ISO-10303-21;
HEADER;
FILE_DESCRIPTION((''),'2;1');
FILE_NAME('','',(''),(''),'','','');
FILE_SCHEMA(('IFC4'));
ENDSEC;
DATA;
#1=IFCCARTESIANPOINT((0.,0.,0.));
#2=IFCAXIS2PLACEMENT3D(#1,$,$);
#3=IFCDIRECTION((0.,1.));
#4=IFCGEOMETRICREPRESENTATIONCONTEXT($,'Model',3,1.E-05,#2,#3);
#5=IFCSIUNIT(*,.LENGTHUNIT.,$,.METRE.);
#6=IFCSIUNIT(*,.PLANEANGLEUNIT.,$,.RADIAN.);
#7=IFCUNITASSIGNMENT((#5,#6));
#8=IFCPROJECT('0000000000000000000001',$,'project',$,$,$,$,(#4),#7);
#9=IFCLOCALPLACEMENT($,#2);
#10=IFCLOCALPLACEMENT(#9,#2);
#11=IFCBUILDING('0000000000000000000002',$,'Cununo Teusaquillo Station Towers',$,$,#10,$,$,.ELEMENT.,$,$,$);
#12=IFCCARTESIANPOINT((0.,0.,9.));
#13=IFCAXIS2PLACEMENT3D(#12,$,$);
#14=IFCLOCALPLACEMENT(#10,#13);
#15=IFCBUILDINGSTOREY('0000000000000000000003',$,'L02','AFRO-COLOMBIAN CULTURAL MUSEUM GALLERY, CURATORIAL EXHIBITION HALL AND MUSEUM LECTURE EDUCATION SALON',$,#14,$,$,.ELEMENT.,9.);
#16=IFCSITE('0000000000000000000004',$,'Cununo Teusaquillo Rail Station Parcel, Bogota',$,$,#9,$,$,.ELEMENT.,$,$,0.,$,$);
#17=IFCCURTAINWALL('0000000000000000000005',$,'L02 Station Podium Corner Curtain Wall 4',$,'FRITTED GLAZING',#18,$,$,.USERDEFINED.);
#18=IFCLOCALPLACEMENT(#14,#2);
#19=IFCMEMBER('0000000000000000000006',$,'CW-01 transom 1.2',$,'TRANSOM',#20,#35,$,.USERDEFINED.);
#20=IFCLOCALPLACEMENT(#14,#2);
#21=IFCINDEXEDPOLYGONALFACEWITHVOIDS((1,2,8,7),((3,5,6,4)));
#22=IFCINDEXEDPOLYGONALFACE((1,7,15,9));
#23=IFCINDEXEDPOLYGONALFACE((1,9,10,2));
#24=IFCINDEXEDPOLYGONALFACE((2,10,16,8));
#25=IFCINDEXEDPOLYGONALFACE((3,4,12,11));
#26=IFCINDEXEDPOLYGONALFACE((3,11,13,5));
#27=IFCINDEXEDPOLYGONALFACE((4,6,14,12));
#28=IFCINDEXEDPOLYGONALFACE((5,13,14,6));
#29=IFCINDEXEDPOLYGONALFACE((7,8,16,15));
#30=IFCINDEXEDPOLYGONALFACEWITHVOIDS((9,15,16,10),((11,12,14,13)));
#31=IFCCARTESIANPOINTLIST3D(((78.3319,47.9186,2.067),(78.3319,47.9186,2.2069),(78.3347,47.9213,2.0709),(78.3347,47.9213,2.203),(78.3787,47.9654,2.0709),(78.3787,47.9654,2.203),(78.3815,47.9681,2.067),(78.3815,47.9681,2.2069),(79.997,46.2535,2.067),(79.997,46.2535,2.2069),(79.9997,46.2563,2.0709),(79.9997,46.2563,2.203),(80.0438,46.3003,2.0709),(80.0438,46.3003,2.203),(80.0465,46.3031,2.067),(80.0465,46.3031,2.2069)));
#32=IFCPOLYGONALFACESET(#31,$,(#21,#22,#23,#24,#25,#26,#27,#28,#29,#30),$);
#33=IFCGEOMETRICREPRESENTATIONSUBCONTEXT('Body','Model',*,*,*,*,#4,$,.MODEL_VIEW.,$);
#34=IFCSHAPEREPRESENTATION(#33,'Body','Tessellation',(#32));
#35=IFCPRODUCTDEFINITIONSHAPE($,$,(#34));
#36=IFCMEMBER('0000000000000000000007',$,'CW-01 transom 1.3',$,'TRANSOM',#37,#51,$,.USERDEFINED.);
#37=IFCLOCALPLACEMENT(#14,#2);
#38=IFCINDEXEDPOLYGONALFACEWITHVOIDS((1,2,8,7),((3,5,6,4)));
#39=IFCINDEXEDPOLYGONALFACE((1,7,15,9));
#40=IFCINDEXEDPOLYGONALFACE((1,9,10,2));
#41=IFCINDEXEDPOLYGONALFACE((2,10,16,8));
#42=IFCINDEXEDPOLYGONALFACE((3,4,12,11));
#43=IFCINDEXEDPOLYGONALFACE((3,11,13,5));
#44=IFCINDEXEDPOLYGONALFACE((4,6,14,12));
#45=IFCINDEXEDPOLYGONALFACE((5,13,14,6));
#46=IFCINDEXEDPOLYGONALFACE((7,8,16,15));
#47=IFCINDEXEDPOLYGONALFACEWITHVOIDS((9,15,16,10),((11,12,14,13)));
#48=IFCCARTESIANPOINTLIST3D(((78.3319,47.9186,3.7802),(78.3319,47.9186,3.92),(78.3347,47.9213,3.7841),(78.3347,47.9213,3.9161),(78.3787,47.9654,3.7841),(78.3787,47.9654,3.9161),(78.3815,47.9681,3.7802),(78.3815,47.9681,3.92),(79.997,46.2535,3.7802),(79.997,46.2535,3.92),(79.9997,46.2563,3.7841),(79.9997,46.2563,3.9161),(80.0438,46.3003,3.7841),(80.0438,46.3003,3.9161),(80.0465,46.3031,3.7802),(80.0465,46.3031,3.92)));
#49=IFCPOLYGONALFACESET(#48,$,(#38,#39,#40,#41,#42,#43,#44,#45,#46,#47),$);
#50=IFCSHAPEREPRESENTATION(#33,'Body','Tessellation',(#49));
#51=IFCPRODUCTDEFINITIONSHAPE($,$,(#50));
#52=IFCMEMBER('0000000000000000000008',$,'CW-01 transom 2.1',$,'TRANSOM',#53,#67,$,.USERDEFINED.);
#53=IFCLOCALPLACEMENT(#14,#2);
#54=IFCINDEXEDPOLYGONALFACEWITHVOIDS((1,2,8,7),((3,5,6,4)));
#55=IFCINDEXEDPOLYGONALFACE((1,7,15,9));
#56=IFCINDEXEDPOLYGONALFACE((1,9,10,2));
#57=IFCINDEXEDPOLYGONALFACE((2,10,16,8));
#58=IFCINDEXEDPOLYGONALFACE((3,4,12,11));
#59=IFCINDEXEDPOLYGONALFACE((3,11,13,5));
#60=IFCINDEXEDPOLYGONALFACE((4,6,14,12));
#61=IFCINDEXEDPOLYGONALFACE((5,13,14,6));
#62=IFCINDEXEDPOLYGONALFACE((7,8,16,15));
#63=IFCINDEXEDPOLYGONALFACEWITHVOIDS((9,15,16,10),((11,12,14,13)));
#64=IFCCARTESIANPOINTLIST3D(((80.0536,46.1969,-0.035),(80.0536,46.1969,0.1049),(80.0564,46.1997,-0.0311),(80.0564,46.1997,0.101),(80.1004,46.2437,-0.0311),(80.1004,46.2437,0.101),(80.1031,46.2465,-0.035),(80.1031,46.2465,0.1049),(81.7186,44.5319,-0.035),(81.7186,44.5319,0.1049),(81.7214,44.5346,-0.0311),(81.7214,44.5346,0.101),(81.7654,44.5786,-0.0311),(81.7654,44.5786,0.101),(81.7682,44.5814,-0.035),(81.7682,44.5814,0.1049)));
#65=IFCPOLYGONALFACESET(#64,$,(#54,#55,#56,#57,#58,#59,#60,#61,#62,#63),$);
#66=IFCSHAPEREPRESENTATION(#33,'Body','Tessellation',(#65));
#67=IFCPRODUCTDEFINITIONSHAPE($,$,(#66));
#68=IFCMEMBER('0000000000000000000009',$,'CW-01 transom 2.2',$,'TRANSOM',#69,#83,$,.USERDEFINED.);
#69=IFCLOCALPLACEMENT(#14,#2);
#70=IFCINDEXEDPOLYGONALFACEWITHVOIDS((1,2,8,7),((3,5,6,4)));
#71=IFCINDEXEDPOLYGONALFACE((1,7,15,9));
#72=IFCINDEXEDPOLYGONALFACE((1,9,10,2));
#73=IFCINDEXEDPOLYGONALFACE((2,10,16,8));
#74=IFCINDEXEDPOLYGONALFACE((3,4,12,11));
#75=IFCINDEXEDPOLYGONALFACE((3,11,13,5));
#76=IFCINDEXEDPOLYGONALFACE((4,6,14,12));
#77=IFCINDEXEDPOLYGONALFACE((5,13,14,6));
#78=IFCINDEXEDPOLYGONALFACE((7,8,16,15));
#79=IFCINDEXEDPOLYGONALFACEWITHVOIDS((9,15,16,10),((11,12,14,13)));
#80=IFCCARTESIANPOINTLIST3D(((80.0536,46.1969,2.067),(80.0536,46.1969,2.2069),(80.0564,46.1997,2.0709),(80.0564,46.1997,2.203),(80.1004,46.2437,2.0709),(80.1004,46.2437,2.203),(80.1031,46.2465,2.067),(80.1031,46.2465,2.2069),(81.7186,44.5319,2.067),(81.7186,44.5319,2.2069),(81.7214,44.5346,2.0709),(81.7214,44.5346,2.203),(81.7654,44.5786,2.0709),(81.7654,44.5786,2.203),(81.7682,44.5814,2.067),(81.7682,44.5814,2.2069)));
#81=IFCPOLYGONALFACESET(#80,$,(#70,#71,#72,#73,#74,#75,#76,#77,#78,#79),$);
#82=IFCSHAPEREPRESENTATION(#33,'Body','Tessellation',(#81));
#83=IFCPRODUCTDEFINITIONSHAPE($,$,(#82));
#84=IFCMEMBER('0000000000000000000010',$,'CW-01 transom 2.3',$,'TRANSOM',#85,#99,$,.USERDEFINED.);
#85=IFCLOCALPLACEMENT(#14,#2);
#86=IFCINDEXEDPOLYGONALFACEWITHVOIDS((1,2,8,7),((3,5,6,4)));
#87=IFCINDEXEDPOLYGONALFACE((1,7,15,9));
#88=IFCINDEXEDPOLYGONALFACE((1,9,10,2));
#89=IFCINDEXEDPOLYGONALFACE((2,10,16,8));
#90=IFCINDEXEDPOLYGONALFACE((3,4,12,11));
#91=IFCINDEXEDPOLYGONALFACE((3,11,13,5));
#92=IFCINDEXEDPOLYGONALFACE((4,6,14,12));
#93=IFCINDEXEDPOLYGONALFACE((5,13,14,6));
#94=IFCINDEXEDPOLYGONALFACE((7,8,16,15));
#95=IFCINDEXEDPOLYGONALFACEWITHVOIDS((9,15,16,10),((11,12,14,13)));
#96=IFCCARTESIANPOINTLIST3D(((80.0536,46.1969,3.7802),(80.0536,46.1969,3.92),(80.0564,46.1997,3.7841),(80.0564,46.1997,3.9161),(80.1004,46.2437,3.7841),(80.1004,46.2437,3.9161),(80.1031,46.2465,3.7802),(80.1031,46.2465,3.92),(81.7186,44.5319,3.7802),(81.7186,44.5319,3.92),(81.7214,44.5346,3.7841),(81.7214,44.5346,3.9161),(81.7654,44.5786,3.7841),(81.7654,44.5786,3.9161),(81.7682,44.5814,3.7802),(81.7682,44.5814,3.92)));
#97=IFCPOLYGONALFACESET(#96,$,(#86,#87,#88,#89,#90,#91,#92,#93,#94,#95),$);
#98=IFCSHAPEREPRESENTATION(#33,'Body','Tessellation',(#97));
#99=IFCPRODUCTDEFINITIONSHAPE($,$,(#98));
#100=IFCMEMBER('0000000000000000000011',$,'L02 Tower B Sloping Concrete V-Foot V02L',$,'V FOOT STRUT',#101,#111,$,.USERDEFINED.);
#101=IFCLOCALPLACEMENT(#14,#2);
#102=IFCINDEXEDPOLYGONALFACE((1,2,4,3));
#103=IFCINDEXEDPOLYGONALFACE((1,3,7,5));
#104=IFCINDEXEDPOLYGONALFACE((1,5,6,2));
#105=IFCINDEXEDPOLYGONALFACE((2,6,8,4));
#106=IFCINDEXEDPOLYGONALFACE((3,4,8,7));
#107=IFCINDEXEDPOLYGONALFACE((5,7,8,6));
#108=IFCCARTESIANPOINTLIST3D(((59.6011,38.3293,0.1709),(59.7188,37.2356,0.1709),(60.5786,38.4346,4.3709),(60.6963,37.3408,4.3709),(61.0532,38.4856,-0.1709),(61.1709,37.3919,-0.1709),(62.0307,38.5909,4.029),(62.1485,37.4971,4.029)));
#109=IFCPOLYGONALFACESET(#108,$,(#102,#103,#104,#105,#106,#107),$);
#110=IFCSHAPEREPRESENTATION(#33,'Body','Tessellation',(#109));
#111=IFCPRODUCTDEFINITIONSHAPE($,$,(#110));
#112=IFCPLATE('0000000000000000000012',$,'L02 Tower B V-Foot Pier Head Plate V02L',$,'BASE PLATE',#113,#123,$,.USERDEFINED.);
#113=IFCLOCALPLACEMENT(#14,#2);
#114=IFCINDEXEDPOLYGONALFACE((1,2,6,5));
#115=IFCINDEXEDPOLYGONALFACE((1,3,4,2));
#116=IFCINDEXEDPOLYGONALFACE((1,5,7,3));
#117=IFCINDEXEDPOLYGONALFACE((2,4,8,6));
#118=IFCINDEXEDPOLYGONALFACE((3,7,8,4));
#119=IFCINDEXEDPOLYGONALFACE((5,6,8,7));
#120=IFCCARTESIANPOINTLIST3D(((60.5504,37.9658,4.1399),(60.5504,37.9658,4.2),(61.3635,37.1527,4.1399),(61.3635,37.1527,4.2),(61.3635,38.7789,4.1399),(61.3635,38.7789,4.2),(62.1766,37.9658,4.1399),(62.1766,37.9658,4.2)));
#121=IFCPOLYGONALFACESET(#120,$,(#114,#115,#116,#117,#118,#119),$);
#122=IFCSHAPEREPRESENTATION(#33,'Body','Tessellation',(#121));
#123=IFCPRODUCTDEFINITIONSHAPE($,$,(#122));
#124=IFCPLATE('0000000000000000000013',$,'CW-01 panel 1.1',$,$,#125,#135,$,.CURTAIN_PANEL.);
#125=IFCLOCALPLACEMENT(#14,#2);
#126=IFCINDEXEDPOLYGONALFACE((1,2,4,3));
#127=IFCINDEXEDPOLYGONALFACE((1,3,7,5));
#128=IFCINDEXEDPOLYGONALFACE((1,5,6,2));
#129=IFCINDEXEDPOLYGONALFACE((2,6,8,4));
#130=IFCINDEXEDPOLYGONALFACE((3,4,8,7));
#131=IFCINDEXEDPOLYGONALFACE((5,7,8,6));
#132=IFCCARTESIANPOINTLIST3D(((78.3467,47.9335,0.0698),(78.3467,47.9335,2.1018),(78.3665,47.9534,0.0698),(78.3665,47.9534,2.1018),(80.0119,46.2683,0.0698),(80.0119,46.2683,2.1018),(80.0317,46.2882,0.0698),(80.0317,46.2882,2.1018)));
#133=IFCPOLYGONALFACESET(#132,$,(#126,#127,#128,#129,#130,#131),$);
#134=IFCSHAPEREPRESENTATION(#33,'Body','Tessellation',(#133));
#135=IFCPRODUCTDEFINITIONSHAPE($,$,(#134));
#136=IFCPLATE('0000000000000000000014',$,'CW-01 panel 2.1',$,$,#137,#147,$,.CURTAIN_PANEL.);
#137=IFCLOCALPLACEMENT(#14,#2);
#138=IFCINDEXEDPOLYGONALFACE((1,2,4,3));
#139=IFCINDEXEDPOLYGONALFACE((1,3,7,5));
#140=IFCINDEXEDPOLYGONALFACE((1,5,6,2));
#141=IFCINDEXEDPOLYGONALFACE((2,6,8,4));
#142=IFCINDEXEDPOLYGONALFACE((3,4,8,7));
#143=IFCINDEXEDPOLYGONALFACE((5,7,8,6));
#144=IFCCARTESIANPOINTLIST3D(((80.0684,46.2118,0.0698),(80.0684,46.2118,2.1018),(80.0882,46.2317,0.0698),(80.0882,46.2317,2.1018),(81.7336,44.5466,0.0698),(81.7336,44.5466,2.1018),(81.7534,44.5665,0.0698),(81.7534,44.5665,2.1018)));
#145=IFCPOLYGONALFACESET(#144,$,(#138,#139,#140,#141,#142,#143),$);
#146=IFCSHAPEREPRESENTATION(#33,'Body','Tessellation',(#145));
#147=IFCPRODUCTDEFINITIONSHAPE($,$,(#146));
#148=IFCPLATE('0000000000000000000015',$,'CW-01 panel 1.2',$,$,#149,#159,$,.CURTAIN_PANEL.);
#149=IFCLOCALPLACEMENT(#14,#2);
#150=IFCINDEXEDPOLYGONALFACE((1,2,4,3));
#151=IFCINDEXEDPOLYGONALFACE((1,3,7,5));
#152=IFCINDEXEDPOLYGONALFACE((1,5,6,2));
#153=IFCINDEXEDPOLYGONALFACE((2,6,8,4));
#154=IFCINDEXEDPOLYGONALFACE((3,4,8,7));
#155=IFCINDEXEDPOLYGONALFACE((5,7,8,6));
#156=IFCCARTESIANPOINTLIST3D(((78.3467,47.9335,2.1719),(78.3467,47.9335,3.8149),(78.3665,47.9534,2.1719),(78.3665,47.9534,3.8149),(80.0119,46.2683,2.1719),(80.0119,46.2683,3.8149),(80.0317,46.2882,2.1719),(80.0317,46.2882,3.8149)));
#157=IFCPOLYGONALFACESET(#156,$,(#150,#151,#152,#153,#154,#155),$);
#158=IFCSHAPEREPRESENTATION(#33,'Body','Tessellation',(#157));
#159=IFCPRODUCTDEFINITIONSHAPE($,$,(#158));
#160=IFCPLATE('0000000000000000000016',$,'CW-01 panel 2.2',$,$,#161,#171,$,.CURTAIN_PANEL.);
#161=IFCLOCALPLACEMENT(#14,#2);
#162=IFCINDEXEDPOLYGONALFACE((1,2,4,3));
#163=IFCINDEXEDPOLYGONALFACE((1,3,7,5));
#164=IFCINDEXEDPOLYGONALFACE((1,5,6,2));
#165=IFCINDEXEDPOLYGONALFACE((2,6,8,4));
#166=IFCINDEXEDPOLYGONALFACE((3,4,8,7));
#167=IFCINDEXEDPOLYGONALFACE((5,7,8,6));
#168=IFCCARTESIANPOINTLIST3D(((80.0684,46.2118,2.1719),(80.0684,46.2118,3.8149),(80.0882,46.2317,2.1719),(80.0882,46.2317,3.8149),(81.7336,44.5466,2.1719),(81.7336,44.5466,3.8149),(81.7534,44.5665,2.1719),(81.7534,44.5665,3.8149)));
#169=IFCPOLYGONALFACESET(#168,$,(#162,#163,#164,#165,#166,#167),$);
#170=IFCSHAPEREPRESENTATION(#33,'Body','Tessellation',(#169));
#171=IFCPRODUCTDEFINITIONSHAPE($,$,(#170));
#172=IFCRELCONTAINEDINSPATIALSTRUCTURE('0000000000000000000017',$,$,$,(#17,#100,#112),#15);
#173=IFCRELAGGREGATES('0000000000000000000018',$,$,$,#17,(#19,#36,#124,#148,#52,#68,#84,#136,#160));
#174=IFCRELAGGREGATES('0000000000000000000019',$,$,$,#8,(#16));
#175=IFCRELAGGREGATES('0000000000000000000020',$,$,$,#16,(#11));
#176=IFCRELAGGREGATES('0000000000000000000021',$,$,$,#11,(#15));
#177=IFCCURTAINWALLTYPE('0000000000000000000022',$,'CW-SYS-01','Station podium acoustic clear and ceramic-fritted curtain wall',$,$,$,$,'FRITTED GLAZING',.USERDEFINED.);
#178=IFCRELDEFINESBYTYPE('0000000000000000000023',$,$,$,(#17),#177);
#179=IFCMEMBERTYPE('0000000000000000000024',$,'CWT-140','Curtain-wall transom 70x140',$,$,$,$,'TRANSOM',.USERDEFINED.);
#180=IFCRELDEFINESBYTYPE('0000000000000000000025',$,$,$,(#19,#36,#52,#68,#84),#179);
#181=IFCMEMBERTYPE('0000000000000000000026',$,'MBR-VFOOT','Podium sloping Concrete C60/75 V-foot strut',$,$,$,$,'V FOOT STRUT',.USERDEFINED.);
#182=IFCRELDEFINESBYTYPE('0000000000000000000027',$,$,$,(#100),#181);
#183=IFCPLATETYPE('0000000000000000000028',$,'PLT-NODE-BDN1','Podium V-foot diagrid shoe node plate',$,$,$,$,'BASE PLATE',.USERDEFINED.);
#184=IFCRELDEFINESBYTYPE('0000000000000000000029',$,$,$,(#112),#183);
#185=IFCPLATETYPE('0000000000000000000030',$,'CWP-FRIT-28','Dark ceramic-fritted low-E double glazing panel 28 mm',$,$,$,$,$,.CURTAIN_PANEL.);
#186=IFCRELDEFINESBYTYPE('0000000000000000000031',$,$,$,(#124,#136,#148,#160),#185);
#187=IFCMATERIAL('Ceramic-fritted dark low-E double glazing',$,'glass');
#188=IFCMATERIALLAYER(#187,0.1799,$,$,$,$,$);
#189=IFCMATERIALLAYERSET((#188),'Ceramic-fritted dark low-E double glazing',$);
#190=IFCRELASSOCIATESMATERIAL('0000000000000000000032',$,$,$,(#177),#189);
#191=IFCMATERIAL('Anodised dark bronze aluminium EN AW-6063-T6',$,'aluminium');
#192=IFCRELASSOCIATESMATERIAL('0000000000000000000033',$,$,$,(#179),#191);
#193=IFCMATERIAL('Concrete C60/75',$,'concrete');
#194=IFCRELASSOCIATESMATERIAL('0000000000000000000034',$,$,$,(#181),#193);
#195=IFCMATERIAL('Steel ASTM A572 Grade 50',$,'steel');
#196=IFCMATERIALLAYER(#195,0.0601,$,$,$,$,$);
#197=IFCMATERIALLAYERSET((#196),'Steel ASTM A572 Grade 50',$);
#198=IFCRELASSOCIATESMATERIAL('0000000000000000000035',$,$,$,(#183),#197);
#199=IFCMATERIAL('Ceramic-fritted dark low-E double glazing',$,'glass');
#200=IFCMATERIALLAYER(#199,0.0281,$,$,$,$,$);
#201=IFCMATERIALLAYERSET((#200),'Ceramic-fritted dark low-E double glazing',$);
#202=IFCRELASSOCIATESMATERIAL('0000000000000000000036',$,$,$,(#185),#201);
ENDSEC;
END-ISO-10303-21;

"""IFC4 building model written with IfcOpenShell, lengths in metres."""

from ifc_helpers import new_model, si_unit, direction, frame, origin, origin_2d, place, context, subcontext, project, spatial, rectangle, hollow_rectangle, extrude, source, transform, mapped, material, layer, layer_set, material_profile, profile_set, type_object, element, aggregate, save


model = new_model("IFC4")

# Units and contexts
model_context = context("Model", 3, precision=1e-05, world=origin(), true_north=direction((0.0, 1.0)))
body_context = subcontext(model_context, "Body", "Model", "MODEL_VIEW")
ifc_project = project(units=[si_unit("LENGTHUNIT", "METRE"), si_unit("PLANEANGLEUNIT", "RADIAN")], contexts=[model_context])

# Site, building, storey
site_placement = place(None, origin())
site = spatial("IfcSite", under=ifc_project, at=site_placement, Name="Cununo Teusaquillo Rail Station Parcel, Bogota", CompositionType="ELEMENT", RefElevation=0.0)
building_placement = place(site_placement, origin())
building = spatial("IfcBuilding", under=site, at=building_placement, Name="Cununo Teusaquillo Station Towers", CompositionType="ELEMENT")
storey_placement = place(building_placement, frame((0.0, 0.0, 9.0)))
storey = spatial("IfcBuildingStorey", under=building, at=storey_placement, Name="L02", Description="AFRO-COLOMBIAN CULTURAL MUSEUM GALLERY, CURATORIAL EXHIBITION HALL AND MUSEUM LECTURE EDUCATION SALON", CompositionType="ELEMENT", Elevation=9.0)

# Curtain wall, members
ifc_material_1 = material(Name="Ceramic-fritted dark low-E double glazing", Category="glass")
ifc_layer_1 = layer(ifc_material_1, 0.1799)
ifc_layer_set_1 = layer_set([ifc_layer_1], Name="Ceramic-fritted dark low-E double glazing")
curtain_wall_type = type_object("IfcCurtainWallType", Name="CW-SYS-01", Description="Station podium acoustic clear and ceramic-fritted curtain wall", ElementType="FRITTED GLAZING", PredefinedType="USERDEFINED", material=ifc_layer_set_1)
curtain_wall_placement = place(storey_placement, origin())
curtain_wall = element("IfcCurtainWall", 1, at=curtain_wall_placement, inside=storey, type_object=curtain_wall_type, Name="L02 Station Podium Corner Curtain Wall 4", ObjectType="FRITTED GLAZING", PredefinedType="USERDEFINED")
ifc_material_2 = material(Name="Anodised dark bronze aluminium EN AW-6063-T6", Category="aluminium")
ifc_material_profile_1 = material_profile(ifc_material_2, hollow_rectangle(XDim=0.0701, YDim=0.1399, WallThickness=0.0039, at=origin_2d()), Name="CW-TRAN-70x140")
ifc_profile_set_1 = profile_set([ifc_material_profile_1], Name="Anodised dark bronze aluminium EN AW-6063-T6")
member_type_1 = type_object("IfcMemberType", Name="CWT-140", Description="Curtain-wall transom 70x140", ElementType="TRANSOM", PredefinedType="USERDEFINED", material=ifc_profile_set_1)
member_1_placement = place(storey_placement, frame((78.3567, 47.9434, 2.137), z_axis=(0.707107, -0.707107, 0.0), x_axis=(0.707107, 0.707107, 0.0)))
member_1 = element("IfcMember", 2, at=member_1_placement, type_object=member_type_1, Name="CW-01 transom 1.2", ObjectType="TRANSOM", PredefinedType="USERDEFINED", context=body_context, shape_type="SweptSolid", body=[
    extrude(hollow_rectangle(XDim=0.0701, YDim=0.1399, WallThickness=0.0039, at=origin_2d()), origin(), (0.0, 0.0, 1.0), 2.3547),
])
member_2_placement = place(storey_placement, frame((78.3567, 47.9434, 3.8501), z_axis=(0.707107, -0.707107, 0.0), x_axis=(0.707107, 0.707107, 0.0)))
member_2 = element("IfcMember", 3, at=member_2_placement, type_object=member_type_1, Name="CW-01 transom 1.3", ObjectType="TRANSOM", PredefinedType="USERDEFINED", context=body_context, shape_type="SweptSolid", body=[
    extrude(hollow_rectangle(XDim=0.0701, YDim=0.1399, WallThickness=0.0039, at=origin_2d()), origin(), (0.0, 0.0, 1.0), 2.3547),
])
member_3_placement = place(storey_placement, frame((80.0784, 46.2217, 0.0349), z_axis=(0.707107, -0.707107, 0.0), x_axis=(0.707107, 0.707107, 0.0)))
member_3 = element("IfcMember", 4, at=member_3_placement, type_object=member_type_1, Name="CW-01 transom 2.1", ObjectType="TRANSOM", PredefinedType="USERDEFINED", context=body_context, shape_type="SweptSolid", body=[
    extrude(hollow_rectangle(XDim=0.0701, YDim=0.1399, WallThickness=0.0039, at=origin_2d()), origin(), (0.0, 0.0, 1.0), 2.3547),
])
member_4_placement = place(storey_placement, frame((80.0784, 46.2217, 2.137), z_axis=(0.707107, -0.707107, 0.0), x_axis=(0.707107, 0.707107, 0.0)))
member_4 = element("IfcMember", 5, at=member_4_placement, type_object=member_type_1, Name="CW-01 transom 2.2", ObjectType="TRANSOM", PredefinedType="USERDEFINED", context=body_context, shape_type="SweptSolid", body=[
    extrude(hollow_rectangle(XDim=0.0701, YDim=0.1399, WallThickness=0.0039, at=origin_2d()), origin(), (0.0, 0.0, 1.0), 2.3547),
])
member_5_placement = place(storey_placement, frame((80.0784, 46.2217, 3.8501), z_axis=(0.707107, -0.707107, 0.0), x_axis=(0.707107, 0.707107, 0.0)))
member_5 = element("IfcMember", 6, at=member_5_placement, type_object=member_type_1, Name="CW-01 transom 2.3", ObjectType="TRANSOM", PredefinedType="USERDEFINED", context=body_context, shape_type="SweptSolid", body=[
    extrude(hollow_rectangle(XDim=0.0701, YDim=0.1399, WallThickness=0.0039, at=origin_2d()), origin(), (0.0, 0.0, 1.0), 2.3547),
])

# Member
ifc_material_3 = material(Name="Concrete C60/75", Category="concrete")
ifc_material_profile_2 = material_profile(ifc_material_3, rectangle(XDim=1.1001, YDim=1.5, at=origin_2d()), Name="RC-RECT-1500x1100")
ifc_profile_set_2 = profile_set([ifc_material_profile_2], Name="Concrete C60/75")
member_type_2 = type_object("IfcMemberType", Name="MBR-VFOOT", Description="Podium sloping Concrete C60/75 V-foot strut", ElementType="V FOOT STRUT", PredefinedType="USERDEFINED", material=ifc_profile_set_2)
member_6_placement = place(storey_placement, frame((60.386, 37.8606, 0.0), z_axis=(0.226623, 0.024394, 0.973677), x_axis=(-0.107024, 0.994256, 0.0)))
element("IfcMember", 7, at=member_6_placement, inside=storey, type_object=member_type_2, Name="L02 Tower B Sloping Concrete V-Foot V02L", ObjectType="V FOOT STRUT", PredefinedType="USERDEFINED", context=body_context, shape_type="SweptSolid", body=[
    extrude(rectangle(XDim=1.1001, YDim=1.5, at=origin_2d()), origin(), (0.0, 0.0, 1.0), 4.3135),
])

# Plates
ifc_material_4 = material(Name="Steel ASTM A572 Grade 50", Category="steel")
ifc_layer_2 = layer(ifc_material_4, 0.0601)
ifc_layer_set_2 = layer_set([ifc_layer_2], Name="Steel ASTM A572 Grade 50")
plate_type_1 = type_object("IfcPlateType", Name="PLT-NODE-BDN1", Description="Podium V-foot diagrid shoe node plate", ElementType="BASE PLATE", PredefinedType="USERDEFINED", material=ifc_layer_set_2)
shared_shape_1 = source(origin(), body_context, "Body", "SweptSolid", [
    extrude(rectangle(XDim=1.1499, YDim=1.1499, at=origin_2d()), origin(), (0.0, 0.0, 1.0), 0.0601),
])
plate_1_placement = place(storey_placement, frame((61.3635, 37.9658, 4.1399), z_axis=(0.0, 0.0, 1.0), x_axis=(0.707107, 0.707107, 0.0)))
element("IfcPlate", 8, at=plate_1_placement, inside=storey, type_object=plate_type_1, Name="L02 Tower B V-Foot Pier Head Plate V02L", ObjectType="BASE PLATE", PredefinedType="USERDEFINED", context=body_context, shape_type="MappedRepresentation", body=[
    mapped(shared_shape_1, transform((0.0, 0.0, 0.0), x_axis=(1.0, 0.0, 0.0), y_axis=(0.0, 1.0, 0.0), z_axis=(0.0, 0.0, 1.0), scale=1.0)),
])
ifc_material_5 = material(Name="Ceramic-fritted dark low-E double glazing", Category="glass")
ifc_layer_3 = layer(ifc_material_5, 0.0281)
ifc_layer_set_3 = layer_set([ifc_layer_3], Name="Ceramic-fritted dark low-E double glazing")
plate_type_2 = type_object("IfcPlateType", Name="CWP-FRIT-28", Description="Dark ceramic-fritted low-E double glazing panel 28 mm", PredefinedType="CURTAIN_PANEL", material=ifc_layer_set_3)
shared_shape_2 = source(origin(), body_context, "Body", "SweptSolid", [
    extrude(rectangle(XDim=2.355, YDim=0.0281, at=origin_2d()), origin(), (0.0, 0.0, 1.0), 2.032),
])
plate_2_placement = place(storey_placement, frame((79.1892, 47.1108, 0.0698), z_axis=(0.0, 0.0, 1.0), x_axis=(0.707107, -0.707107, 0.0)))
plate_2 = element("IfcPlate", 9, at=plate_2_placement, type_object=plate_type_2, Name="CW-01 panel 1.1", PredefinedType="CURTAIN_PANEL", context=body_context, shape_type="MappedRepresentation", body=[
    mapped(shared_shape_2, transform((0.0, 0.0, 0.0), x_axis=(1.0, 0.0, 0.0), y_axis=(0.0, 1.0, 0.0), z_axis=(0.0, 0.0, 1.0), scale=1.0)),
])
plate_3_placement = place(storey_placement, frame((80.9109, 45.3892, 0.0698), z_axis=(0.0, 0.0, 1.0), x_axis=(0.707107, -0.707107, 0.0)))
plate_3 = element("IfcPlate", 10, at=plate_3_placement, type_object=plate_type_2, Name="CW-01 panel 2.1", PredefinedType="CURTAIN_PANEL", context=body_context, shape_type="MappedRepresentation", body=[
    mapped(shared_shape_2, transform((0.0, 0.0, 0.0), x_axis=(1.0, 0.0, 0.0), y_axis=(0.0, 1.0, 0.0), z_axis=(0.0, 0.0, 1.0), scale=1.0)),
])
shared_shape_3 = source(origin(), body_context, "Body", "SweptSolid", [
    extrude(rectangle(XDim=2.355, YDim=0.0281, at=origin_2d()), origin(), (0.0, 0.0, 1.0), 1.6431),
])
plate_4_placement = place(storey_placement, frame((79.1892, 47.1108, 2.1719), z_axis=(0.0, 0.0, 1.0), x_axis=(0.707107, -0.707107, 0.0)))
plate_4 = element("IfcPlate", 11, at=plate_4_placement, type_object=plate_type_2, Name="CW-01 panel 1.2", PredefinedType="CURTAIN_PANEL", context=body_context, shape_type="MappedRepresentation", body=[
    mapped(shared_shape_3, transform((0.0, 0.0, 0.0), x_axis=(1.0, 0.0, 0.0), y_axis=(0.0, 1.0, 0.0), z_axis=(0.0, 0.0, 1.0), scale=1.0)),
])
plate_5_placement = place(storey_placement, frame((80.9109, 45.3892, 2.1719), z_axis=(0.0, 0.0, 1.0), x_axis=(0.707107, -0.707107, 0.0)))
plate_5 = element("IfcPlate", 12, at=plate_5_placement, type_object=plate_type_2, Name="CW-01 panel 2.2", PredefinedType="CURTAIN_PANEL", context=body_context, shape_type="MappedRepresentation", body=[
    mapped(shared_shape_3, transform((0.0, 0.0, 0.0), x_axis=(1.0, 0.0, 0.0), y_axis=(0.0, 1.0, 0.0), z_axis=(0.0, 0.0, 1.0), scale=1.0)),
])
aggregate(curtain_wall, [member_1, member_2, plate_2, plate_4, member_3, member_4, member_5, plate_3, plate_5])

save(model, "model.ifc")
